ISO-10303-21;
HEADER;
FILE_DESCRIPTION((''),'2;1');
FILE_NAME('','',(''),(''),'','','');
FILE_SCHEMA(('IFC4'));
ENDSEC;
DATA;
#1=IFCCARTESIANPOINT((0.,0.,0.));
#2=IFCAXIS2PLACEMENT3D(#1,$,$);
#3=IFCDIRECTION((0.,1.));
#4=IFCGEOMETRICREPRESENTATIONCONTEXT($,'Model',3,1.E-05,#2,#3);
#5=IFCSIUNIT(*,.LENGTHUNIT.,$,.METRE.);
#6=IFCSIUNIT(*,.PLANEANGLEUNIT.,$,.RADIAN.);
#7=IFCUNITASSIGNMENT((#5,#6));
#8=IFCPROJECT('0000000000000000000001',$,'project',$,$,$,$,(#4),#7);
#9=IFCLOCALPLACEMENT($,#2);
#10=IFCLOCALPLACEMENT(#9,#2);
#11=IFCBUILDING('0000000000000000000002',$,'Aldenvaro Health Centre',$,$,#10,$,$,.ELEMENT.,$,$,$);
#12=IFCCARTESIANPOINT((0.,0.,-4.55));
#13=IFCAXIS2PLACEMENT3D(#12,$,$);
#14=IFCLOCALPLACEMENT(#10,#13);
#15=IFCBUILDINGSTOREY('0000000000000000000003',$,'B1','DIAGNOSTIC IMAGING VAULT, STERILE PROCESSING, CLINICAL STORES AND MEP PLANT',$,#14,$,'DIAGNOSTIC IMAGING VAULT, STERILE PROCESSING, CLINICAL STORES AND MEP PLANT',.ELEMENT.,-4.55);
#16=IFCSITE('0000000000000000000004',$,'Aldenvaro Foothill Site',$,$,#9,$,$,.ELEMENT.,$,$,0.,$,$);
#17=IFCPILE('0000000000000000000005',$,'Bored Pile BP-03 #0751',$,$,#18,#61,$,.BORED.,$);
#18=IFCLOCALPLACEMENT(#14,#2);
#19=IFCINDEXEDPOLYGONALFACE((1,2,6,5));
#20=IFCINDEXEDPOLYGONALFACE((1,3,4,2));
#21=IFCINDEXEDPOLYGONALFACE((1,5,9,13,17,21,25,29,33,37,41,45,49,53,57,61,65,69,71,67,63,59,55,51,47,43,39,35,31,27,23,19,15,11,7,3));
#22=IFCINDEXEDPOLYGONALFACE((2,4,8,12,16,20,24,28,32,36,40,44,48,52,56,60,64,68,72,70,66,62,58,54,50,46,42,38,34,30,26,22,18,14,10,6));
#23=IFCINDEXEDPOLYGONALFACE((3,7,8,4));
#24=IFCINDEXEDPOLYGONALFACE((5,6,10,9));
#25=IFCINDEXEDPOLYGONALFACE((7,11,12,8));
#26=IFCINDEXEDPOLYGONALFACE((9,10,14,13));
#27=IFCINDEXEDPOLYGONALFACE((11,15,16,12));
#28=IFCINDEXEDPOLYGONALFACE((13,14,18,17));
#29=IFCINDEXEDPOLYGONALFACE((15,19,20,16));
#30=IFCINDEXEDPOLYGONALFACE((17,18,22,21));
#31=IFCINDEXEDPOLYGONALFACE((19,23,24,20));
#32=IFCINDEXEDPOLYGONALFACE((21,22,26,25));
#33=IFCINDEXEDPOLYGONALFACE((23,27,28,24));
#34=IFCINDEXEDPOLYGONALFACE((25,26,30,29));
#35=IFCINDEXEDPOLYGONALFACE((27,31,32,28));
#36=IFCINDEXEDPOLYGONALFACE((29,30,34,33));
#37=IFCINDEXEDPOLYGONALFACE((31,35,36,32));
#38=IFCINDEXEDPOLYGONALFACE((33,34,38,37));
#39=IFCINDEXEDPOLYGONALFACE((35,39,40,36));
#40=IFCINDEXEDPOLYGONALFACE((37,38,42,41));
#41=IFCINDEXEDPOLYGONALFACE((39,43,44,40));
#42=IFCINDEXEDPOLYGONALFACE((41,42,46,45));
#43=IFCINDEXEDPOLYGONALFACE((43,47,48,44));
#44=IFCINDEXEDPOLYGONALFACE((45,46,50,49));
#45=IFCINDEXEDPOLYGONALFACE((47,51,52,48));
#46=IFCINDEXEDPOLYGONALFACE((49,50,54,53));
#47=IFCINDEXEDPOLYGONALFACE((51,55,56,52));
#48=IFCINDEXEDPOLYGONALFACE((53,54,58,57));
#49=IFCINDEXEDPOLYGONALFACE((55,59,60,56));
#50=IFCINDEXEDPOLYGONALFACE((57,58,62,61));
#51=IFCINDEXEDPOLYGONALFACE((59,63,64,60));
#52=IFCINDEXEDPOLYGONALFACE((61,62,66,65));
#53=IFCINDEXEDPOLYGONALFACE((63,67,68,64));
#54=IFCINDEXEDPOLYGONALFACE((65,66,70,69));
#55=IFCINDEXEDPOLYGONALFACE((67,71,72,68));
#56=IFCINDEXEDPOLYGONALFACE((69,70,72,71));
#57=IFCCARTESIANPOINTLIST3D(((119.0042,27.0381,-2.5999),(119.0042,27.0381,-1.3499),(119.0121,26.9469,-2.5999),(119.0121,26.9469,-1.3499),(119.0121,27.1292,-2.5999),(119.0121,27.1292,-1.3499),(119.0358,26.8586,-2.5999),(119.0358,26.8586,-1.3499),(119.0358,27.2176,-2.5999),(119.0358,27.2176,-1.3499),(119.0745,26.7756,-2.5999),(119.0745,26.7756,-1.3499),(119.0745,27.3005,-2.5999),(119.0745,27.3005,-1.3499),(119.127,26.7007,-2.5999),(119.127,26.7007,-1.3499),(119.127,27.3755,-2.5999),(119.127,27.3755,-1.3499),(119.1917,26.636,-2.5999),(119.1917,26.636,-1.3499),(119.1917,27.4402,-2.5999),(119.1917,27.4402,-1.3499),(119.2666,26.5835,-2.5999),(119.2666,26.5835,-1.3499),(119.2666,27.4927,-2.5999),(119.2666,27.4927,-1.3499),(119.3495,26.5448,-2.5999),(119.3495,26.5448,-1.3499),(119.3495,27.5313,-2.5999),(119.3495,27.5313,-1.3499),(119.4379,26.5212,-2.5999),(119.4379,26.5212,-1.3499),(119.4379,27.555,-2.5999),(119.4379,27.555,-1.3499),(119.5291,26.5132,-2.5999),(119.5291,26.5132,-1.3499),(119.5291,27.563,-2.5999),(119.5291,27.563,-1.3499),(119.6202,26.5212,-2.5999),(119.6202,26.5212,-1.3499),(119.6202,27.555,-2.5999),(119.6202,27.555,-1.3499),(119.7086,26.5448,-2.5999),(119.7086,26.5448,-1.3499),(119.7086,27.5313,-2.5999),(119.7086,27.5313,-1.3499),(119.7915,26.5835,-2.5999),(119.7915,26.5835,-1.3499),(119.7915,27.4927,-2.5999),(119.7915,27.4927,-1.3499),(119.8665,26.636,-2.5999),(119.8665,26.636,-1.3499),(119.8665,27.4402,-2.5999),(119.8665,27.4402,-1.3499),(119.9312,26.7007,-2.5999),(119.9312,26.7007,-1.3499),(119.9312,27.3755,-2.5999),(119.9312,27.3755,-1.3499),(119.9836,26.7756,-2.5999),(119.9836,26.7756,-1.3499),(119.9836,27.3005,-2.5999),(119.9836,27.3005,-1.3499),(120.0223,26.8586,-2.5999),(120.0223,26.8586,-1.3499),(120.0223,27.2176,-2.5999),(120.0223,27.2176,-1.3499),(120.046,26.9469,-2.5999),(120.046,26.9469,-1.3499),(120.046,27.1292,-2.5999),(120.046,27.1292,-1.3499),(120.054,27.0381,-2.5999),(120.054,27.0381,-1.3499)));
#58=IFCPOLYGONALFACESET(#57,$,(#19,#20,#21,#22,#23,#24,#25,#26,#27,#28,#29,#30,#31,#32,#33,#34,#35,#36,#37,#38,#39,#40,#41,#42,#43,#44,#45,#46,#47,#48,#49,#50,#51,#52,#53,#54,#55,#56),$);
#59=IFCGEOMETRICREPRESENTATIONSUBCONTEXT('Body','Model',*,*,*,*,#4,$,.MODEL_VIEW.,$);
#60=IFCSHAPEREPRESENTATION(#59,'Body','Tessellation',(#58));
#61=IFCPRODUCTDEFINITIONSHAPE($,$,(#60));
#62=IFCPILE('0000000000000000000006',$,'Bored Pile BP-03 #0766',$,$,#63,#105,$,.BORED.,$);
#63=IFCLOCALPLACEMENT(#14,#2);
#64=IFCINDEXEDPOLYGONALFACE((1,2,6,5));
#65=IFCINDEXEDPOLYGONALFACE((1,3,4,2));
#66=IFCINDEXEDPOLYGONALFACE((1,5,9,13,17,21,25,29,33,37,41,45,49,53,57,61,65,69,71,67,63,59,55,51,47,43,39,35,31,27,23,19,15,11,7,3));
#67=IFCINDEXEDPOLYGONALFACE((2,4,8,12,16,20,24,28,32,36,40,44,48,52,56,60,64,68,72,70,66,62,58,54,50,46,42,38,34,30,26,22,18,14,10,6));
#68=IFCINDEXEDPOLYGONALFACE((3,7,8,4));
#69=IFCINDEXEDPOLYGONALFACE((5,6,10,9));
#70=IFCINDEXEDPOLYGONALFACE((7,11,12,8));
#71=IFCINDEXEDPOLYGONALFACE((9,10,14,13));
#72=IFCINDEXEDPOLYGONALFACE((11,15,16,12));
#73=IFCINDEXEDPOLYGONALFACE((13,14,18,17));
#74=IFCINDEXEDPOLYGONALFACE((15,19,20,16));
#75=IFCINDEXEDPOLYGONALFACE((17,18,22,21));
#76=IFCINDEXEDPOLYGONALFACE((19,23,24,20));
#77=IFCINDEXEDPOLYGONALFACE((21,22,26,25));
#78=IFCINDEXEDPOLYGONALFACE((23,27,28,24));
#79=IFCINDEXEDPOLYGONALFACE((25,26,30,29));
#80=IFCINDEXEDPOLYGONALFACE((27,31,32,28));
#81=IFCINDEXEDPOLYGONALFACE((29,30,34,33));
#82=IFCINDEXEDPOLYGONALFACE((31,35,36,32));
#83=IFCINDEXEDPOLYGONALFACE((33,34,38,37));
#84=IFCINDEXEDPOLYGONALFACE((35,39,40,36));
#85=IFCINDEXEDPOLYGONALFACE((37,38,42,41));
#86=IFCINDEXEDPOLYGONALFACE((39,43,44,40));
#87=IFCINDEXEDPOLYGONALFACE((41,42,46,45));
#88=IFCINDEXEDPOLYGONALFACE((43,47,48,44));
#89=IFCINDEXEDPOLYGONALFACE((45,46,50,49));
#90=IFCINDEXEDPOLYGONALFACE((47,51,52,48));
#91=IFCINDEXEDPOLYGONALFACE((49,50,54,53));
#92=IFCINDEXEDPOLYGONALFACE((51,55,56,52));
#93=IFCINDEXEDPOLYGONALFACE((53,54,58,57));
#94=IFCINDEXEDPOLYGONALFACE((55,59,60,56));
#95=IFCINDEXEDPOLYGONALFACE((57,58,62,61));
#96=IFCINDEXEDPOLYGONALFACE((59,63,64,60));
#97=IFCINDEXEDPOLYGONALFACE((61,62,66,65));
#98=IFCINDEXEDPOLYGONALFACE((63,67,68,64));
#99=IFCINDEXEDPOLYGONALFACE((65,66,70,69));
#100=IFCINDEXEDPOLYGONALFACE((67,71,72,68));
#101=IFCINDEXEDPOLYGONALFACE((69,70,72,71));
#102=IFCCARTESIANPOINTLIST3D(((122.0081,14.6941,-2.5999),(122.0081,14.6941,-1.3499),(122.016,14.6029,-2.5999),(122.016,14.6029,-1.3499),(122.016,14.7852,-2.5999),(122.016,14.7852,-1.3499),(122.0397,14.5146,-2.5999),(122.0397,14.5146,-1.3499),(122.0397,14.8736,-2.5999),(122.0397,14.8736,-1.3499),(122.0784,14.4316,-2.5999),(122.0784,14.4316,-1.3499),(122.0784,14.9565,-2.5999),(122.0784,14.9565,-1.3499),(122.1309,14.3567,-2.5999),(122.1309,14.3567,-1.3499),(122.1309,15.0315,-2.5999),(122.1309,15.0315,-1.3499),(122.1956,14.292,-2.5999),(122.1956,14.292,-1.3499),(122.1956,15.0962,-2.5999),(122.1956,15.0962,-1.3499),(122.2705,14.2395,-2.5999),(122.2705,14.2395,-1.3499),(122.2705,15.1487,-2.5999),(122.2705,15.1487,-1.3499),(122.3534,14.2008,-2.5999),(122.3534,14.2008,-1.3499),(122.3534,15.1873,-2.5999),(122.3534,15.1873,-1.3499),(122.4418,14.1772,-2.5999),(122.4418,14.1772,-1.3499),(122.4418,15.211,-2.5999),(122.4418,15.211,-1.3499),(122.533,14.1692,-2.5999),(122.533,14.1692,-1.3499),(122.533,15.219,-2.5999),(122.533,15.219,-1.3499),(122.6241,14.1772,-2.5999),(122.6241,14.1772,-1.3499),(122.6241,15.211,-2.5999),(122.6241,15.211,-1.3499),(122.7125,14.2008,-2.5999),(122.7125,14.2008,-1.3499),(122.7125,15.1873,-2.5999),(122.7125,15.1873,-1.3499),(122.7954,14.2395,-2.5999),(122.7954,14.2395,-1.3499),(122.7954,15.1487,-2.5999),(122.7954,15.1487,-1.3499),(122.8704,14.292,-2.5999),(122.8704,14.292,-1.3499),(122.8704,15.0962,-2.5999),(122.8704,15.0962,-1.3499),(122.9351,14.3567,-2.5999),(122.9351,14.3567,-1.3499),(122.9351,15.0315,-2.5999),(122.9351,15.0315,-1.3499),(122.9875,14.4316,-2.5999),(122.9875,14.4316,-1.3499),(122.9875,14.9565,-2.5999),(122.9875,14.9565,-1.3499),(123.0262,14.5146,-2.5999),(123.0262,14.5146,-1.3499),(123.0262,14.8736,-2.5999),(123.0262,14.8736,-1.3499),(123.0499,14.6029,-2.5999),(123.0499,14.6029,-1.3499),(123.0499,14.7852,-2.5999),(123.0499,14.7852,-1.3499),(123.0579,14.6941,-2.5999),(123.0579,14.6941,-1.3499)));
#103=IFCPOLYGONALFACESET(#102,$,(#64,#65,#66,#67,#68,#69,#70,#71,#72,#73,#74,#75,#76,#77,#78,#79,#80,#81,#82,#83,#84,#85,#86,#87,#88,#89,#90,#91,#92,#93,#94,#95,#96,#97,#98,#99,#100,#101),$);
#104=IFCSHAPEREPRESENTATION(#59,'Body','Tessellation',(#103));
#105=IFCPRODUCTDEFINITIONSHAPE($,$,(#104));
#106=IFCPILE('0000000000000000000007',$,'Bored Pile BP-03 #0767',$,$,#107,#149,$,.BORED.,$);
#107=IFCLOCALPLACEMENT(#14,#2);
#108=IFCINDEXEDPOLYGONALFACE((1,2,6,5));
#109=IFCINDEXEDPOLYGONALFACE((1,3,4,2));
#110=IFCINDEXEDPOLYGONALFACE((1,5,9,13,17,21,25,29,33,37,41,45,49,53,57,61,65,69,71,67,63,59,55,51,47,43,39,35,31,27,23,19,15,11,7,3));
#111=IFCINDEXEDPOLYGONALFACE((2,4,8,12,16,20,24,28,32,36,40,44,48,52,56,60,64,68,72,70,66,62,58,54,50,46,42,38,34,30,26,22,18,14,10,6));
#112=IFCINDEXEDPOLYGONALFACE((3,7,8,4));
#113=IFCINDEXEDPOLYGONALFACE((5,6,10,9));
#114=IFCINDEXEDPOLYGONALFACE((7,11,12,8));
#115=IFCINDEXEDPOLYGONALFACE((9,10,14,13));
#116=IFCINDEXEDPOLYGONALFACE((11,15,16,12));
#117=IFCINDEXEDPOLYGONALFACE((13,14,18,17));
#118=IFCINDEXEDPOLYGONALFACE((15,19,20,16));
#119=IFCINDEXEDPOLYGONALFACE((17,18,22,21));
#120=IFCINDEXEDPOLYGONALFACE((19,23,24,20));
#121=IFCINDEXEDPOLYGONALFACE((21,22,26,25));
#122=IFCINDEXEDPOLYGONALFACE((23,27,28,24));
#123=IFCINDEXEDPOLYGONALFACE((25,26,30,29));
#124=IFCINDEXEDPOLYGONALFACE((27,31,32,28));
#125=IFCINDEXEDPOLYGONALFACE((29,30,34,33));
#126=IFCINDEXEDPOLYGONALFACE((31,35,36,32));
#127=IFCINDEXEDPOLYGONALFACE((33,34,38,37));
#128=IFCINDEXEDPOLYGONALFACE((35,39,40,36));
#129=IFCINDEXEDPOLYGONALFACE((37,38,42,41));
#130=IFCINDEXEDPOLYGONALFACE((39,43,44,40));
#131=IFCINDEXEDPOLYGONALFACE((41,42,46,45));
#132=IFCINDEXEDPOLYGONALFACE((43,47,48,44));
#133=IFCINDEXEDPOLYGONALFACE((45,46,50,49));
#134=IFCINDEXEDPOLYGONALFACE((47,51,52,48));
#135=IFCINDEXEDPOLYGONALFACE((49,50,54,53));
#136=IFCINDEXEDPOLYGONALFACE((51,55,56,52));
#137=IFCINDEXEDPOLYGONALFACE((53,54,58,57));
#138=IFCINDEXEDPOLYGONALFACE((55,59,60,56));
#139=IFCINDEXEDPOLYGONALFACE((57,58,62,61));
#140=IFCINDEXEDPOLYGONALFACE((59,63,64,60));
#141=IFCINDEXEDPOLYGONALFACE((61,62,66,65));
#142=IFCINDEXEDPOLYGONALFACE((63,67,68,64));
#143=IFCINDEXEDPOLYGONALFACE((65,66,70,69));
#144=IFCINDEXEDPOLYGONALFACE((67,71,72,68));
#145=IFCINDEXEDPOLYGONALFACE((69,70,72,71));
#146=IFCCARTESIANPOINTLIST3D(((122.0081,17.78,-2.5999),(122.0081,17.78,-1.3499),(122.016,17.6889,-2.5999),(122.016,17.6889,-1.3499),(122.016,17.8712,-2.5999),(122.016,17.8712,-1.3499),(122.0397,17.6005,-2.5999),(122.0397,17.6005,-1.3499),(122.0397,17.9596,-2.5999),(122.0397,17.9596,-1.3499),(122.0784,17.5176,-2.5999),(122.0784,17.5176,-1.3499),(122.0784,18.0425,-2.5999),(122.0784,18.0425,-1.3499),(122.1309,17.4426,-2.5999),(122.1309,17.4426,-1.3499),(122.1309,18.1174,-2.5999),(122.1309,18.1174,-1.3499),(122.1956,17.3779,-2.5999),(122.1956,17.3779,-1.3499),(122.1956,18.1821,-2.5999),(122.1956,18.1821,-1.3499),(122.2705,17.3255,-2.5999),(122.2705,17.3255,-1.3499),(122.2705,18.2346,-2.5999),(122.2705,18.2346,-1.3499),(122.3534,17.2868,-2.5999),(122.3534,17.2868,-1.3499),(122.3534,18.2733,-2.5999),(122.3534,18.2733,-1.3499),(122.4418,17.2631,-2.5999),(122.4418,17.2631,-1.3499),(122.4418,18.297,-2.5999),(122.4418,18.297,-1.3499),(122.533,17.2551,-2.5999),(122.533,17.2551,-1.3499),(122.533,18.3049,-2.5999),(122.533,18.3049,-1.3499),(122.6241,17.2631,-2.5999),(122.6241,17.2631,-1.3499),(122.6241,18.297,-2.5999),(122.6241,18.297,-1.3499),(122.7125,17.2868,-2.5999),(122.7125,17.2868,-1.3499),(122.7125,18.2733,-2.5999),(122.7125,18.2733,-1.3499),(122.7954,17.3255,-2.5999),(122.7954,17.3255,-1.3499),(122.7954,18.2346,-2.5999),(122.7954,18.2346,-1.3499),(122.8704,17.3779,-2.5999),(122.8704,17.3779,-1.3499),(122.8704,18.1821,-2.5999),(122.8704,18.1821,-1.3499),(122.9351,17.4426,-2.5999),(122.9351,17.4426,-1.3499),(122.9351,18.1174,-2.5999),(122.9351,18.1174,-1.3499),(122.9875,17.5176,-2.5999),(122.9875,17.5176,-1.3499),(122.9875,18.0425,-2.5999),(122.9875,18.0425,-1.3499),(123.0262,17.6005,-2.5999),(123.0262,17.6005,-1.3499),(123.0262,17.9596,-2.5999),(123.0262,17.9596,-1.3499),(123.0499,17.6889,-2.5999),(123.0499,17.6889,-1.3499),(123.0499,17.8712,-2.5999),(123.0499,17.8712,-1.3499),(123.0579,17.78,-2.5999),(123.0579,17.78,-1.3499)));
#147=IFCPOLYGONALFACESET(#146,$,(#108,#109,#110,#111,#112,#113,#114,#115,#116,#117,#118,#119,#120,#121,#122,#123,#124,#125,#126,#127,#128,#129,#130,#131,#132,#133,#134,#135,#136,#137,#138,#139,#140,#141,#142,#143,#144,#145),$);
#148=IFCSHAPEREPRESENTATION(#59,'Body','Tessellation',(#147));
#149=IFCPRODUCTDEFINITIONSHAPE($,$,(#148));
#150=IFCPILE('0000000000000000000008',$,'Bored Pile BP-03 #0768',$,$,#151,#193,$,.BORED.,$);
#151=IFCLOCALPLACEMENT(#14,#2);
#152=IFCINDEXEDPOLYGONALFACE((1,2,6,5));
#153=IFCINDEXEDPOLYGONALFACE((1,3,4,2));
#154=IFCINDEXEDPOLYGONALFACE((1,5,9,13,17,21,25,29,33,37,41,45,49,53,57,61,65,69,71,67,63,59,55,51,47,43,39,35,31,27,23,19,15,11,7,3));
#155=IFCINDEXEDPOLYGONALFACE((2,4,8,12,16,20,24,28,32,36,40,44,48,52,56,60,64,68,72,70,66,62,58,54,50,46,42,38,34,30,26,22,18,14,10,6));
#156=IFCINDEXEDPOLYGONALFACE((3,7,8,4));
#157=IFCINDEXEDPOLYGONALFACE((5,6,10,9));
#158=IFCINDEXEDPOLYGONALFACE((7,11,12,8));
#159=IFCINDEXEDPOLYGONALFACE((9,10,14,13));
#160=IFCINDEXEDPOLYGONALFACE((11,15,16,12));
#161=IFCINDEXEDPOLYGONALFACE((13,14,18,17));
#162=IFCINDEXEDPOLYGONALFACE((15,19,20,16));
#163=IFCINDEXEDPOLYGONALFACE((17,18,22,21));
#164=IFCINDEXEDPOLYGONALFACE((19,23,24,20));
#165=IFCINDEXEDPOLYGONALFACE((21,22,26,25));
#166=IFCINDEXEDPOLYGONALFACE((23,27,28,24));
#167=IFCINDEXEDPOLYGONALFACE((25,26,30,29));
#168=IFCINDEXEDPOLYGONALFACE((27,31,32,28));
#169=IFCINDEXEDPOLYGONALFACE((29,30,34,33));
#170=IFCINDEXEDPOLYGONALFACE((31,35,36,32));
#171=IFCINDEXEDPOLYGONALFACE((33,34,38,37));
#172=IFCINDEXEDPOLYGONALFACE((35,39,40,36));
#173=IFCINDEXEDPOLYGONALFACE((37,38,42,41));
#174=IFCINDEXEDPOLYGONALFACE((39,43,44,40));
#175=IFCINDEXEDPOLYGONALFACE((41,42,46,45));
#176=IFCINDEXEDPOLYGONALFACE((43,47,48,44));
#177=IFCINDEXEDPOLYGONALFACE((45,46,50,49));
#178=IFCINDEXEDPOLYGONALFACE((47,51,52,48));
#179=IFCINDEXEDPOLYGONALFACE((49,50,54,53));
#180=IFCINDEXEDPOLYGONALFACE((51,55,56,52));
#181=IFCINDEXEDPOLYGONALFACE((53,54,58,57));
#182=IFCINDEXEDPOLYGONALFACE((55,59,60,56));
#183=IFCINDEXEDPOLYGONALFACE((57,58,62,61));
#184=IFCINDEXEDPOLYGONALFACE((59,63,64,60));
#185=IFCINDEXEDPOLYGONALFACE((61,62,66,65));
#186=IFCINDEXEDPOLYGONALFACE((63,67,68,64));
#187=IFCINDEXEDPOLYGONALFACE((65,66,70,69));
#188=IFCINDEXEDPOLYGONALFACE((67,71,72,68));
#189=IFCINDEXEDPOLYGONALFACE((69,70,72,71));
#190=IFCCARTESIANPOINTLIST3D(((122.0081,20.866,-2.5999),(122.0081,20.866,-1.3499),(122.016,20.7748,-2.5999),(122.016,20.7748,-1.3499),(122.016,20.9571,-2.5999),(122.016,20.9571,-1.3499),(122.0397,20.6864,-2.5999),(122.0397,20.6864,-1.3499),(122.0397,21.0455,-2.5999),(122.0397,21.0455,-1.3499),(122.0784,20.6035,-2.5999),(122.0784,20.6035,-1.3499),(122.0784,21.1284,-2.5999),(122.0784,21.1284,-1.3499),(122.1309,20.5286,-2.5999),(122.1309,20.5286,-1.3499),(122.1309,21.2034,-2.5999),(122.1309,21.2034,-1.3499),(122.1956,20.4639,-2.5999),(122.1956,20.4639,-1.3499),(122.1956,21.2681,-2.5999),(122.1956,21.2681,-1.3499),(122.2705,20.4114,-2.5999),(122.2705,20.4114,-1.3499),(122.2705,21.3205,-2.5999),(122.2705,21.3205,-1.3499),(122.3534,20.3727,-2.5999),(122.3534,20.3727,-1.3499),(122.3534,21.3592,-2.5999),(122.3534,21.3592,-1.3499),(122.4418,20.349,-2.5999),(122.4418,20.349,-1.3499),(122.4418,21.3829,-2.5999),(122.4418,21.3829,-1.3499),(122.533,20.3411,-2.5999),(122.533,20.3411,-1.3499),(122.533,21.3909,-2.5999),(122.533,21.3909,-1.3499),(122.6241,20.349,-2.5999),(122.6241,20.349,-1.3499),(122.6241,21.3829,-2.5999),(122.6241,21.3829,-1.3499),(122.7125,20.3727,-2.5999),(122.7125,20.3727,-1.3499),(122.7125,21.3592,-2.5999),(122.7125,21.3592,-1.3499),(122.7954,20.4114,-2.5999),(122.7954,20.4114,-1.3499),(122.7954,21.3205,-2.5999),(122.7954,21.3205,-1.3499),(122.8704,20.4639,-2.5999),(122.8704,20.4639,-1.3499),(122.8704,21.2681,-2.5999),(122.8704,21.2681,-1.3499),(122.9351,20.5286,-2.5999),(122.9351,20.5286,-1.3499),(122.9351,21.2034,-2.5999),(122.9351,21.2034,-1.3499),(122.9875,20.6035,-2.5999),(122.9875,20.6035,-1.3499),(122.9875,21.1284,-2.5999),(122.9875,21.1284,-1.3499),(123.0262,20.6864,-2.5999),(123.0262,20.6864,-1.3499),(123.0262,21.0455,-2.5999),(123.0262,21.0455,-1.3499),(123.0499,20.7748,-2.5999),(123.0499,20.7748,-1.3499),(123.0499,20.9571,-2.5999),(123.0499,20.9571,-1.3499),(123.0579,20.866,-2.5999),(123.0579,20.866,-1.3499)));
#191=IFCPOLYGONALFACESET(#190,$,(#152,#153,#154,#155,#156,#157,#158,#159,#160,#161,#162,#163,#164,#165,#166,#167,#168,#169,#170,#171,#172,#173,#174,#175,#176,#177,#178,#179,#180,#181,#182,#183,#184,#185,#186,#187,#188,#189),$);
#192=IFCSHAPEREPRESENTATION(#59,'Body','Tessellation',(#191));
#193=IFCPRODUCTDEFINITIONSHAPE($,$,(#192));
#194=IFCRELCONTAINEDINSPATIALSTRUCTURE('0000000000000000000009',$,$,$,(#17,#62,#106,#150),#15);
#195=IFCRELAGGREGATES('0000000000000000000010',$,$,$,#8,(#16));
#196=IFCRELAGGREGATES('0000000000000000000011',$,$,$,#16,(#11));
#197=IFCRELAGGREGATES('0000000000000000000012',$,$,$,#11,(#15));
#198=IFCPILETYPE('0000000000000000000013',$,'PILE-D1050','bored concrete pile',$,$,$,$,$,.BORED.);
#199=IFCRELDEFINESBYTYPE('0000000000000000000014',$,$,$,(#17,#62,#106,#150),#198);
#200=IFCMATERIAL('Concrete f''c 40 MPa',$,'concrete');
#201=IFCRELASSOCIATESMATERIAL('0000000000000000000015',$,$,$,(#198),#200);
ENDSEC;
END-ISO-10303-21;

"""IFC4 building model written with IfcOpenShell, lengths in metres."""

from ifc_helpers import new_model, si_unit, direction, frame, origin, origin_2d, place, context, subcontext, project, spatial, circle, extrude, material, material_profile, profile_set, type_object, element, save


model = new_model("IFC4")

# Units and contexts
model_context = context("Model", 3, precision=1e-05, world=origin(), true_north=direction((0.0, 1.0)))
body_context = subcontext(model_context, "Body", "Model", "MODEL_VIEW")
ifc_project = project(units=[si_unit("LENGTHUNIT", "METRE"), si_unit("PLANEANGLEUNIT", "RADIAN")], contexts=[model_context])

# Site, building, storey
site_placement = place(None, origin())
site = spatial("IfcSite", under=ifc_project, at=site_placement, Name="Aldenvaro Foothill Site", CompositionType="ELEMENT", RefElevation=0.0)
building_placement = place(site_placement, origin())
building = spatial("IfcBuilding", under=site, at=building_placement, Name="Aldenvaro Health Centre", CompositionType="ELEMENT")
storey_placement = place(building_placement, frame((0.0, 0.0, -4.55)))
storey = spatial("IfcBuildingStorey", under=building, at=storey_placement, Name="B1", Description="DIAGNOSTIC IMAGING VAULT, STERILE PROCESSING, CLINICAL STORES AND MEP PLANT", LongName="DIAGNOSTIC IMAGING VAULT, STERILE PROCESSING, CLINICAL STORES AND MEP PLANT", CompositionType="ELEMENT", Elevation=-4.55)

# Piles
ifc_material_1 = material(Name="Concrete f'c 40 MPa", Category="concrete")
ifc_material_profile_1 = material_profile(ifc_material_1, circle(Radius=0.5249, at=origin_2d()), Name="PILE D1050", Category="concrete")
ifc_profile_set_1 = profile_set([ifc_material_profile_1], Name="Concrete f'c 40 MPa")
pile_type = type_object("IfcPileType", Name="PILE-D1050", Description="bored concrete pile", PredefinedType="BORED", material=ifc_profile_set_1)
for number, where, z_axis, x_axis, name in (
    (1, (119.5291, 27.0381, -1.3499), (0.0, 0.0, -1.0), (1.0, 0.0, 0.0), "Bored Pile BP-03 #0751"),
    (2, (122.533, 14.6941, -1.3499), (0.0, 0.0, -1.0), (1.0, 0.0, 0.0), "Bored Pile BP-03 #0766"),
    (3, (122.533, 17.78, -1.3499), (0.0, 0.0, -1.0), (1.0, 0.0, 0.0), "Bored Pile BP-03 #0767"),
    (4, (122.533, 20.866, -1.3499), (0.0, 0.0, -1.0), (1.0, 0.0, 0.0), "Bored Pile BP-03 #0768"),
):
    element("IfcPile", number, at=place(storey_placement, frame(where, z_axis=z_axis, x_axis=x_axis)), inside=storey, type_object=pile_type, Name=name, PredefinedType="BORED", context=body_context, shape_type="SweptSolid", body=[
        extrude(circle(Radius=0.5249, at=origin_2d()), origin(), (0.0, 0.0, 1.0), 1.25),
    ])

save(model, "model.ifc")
